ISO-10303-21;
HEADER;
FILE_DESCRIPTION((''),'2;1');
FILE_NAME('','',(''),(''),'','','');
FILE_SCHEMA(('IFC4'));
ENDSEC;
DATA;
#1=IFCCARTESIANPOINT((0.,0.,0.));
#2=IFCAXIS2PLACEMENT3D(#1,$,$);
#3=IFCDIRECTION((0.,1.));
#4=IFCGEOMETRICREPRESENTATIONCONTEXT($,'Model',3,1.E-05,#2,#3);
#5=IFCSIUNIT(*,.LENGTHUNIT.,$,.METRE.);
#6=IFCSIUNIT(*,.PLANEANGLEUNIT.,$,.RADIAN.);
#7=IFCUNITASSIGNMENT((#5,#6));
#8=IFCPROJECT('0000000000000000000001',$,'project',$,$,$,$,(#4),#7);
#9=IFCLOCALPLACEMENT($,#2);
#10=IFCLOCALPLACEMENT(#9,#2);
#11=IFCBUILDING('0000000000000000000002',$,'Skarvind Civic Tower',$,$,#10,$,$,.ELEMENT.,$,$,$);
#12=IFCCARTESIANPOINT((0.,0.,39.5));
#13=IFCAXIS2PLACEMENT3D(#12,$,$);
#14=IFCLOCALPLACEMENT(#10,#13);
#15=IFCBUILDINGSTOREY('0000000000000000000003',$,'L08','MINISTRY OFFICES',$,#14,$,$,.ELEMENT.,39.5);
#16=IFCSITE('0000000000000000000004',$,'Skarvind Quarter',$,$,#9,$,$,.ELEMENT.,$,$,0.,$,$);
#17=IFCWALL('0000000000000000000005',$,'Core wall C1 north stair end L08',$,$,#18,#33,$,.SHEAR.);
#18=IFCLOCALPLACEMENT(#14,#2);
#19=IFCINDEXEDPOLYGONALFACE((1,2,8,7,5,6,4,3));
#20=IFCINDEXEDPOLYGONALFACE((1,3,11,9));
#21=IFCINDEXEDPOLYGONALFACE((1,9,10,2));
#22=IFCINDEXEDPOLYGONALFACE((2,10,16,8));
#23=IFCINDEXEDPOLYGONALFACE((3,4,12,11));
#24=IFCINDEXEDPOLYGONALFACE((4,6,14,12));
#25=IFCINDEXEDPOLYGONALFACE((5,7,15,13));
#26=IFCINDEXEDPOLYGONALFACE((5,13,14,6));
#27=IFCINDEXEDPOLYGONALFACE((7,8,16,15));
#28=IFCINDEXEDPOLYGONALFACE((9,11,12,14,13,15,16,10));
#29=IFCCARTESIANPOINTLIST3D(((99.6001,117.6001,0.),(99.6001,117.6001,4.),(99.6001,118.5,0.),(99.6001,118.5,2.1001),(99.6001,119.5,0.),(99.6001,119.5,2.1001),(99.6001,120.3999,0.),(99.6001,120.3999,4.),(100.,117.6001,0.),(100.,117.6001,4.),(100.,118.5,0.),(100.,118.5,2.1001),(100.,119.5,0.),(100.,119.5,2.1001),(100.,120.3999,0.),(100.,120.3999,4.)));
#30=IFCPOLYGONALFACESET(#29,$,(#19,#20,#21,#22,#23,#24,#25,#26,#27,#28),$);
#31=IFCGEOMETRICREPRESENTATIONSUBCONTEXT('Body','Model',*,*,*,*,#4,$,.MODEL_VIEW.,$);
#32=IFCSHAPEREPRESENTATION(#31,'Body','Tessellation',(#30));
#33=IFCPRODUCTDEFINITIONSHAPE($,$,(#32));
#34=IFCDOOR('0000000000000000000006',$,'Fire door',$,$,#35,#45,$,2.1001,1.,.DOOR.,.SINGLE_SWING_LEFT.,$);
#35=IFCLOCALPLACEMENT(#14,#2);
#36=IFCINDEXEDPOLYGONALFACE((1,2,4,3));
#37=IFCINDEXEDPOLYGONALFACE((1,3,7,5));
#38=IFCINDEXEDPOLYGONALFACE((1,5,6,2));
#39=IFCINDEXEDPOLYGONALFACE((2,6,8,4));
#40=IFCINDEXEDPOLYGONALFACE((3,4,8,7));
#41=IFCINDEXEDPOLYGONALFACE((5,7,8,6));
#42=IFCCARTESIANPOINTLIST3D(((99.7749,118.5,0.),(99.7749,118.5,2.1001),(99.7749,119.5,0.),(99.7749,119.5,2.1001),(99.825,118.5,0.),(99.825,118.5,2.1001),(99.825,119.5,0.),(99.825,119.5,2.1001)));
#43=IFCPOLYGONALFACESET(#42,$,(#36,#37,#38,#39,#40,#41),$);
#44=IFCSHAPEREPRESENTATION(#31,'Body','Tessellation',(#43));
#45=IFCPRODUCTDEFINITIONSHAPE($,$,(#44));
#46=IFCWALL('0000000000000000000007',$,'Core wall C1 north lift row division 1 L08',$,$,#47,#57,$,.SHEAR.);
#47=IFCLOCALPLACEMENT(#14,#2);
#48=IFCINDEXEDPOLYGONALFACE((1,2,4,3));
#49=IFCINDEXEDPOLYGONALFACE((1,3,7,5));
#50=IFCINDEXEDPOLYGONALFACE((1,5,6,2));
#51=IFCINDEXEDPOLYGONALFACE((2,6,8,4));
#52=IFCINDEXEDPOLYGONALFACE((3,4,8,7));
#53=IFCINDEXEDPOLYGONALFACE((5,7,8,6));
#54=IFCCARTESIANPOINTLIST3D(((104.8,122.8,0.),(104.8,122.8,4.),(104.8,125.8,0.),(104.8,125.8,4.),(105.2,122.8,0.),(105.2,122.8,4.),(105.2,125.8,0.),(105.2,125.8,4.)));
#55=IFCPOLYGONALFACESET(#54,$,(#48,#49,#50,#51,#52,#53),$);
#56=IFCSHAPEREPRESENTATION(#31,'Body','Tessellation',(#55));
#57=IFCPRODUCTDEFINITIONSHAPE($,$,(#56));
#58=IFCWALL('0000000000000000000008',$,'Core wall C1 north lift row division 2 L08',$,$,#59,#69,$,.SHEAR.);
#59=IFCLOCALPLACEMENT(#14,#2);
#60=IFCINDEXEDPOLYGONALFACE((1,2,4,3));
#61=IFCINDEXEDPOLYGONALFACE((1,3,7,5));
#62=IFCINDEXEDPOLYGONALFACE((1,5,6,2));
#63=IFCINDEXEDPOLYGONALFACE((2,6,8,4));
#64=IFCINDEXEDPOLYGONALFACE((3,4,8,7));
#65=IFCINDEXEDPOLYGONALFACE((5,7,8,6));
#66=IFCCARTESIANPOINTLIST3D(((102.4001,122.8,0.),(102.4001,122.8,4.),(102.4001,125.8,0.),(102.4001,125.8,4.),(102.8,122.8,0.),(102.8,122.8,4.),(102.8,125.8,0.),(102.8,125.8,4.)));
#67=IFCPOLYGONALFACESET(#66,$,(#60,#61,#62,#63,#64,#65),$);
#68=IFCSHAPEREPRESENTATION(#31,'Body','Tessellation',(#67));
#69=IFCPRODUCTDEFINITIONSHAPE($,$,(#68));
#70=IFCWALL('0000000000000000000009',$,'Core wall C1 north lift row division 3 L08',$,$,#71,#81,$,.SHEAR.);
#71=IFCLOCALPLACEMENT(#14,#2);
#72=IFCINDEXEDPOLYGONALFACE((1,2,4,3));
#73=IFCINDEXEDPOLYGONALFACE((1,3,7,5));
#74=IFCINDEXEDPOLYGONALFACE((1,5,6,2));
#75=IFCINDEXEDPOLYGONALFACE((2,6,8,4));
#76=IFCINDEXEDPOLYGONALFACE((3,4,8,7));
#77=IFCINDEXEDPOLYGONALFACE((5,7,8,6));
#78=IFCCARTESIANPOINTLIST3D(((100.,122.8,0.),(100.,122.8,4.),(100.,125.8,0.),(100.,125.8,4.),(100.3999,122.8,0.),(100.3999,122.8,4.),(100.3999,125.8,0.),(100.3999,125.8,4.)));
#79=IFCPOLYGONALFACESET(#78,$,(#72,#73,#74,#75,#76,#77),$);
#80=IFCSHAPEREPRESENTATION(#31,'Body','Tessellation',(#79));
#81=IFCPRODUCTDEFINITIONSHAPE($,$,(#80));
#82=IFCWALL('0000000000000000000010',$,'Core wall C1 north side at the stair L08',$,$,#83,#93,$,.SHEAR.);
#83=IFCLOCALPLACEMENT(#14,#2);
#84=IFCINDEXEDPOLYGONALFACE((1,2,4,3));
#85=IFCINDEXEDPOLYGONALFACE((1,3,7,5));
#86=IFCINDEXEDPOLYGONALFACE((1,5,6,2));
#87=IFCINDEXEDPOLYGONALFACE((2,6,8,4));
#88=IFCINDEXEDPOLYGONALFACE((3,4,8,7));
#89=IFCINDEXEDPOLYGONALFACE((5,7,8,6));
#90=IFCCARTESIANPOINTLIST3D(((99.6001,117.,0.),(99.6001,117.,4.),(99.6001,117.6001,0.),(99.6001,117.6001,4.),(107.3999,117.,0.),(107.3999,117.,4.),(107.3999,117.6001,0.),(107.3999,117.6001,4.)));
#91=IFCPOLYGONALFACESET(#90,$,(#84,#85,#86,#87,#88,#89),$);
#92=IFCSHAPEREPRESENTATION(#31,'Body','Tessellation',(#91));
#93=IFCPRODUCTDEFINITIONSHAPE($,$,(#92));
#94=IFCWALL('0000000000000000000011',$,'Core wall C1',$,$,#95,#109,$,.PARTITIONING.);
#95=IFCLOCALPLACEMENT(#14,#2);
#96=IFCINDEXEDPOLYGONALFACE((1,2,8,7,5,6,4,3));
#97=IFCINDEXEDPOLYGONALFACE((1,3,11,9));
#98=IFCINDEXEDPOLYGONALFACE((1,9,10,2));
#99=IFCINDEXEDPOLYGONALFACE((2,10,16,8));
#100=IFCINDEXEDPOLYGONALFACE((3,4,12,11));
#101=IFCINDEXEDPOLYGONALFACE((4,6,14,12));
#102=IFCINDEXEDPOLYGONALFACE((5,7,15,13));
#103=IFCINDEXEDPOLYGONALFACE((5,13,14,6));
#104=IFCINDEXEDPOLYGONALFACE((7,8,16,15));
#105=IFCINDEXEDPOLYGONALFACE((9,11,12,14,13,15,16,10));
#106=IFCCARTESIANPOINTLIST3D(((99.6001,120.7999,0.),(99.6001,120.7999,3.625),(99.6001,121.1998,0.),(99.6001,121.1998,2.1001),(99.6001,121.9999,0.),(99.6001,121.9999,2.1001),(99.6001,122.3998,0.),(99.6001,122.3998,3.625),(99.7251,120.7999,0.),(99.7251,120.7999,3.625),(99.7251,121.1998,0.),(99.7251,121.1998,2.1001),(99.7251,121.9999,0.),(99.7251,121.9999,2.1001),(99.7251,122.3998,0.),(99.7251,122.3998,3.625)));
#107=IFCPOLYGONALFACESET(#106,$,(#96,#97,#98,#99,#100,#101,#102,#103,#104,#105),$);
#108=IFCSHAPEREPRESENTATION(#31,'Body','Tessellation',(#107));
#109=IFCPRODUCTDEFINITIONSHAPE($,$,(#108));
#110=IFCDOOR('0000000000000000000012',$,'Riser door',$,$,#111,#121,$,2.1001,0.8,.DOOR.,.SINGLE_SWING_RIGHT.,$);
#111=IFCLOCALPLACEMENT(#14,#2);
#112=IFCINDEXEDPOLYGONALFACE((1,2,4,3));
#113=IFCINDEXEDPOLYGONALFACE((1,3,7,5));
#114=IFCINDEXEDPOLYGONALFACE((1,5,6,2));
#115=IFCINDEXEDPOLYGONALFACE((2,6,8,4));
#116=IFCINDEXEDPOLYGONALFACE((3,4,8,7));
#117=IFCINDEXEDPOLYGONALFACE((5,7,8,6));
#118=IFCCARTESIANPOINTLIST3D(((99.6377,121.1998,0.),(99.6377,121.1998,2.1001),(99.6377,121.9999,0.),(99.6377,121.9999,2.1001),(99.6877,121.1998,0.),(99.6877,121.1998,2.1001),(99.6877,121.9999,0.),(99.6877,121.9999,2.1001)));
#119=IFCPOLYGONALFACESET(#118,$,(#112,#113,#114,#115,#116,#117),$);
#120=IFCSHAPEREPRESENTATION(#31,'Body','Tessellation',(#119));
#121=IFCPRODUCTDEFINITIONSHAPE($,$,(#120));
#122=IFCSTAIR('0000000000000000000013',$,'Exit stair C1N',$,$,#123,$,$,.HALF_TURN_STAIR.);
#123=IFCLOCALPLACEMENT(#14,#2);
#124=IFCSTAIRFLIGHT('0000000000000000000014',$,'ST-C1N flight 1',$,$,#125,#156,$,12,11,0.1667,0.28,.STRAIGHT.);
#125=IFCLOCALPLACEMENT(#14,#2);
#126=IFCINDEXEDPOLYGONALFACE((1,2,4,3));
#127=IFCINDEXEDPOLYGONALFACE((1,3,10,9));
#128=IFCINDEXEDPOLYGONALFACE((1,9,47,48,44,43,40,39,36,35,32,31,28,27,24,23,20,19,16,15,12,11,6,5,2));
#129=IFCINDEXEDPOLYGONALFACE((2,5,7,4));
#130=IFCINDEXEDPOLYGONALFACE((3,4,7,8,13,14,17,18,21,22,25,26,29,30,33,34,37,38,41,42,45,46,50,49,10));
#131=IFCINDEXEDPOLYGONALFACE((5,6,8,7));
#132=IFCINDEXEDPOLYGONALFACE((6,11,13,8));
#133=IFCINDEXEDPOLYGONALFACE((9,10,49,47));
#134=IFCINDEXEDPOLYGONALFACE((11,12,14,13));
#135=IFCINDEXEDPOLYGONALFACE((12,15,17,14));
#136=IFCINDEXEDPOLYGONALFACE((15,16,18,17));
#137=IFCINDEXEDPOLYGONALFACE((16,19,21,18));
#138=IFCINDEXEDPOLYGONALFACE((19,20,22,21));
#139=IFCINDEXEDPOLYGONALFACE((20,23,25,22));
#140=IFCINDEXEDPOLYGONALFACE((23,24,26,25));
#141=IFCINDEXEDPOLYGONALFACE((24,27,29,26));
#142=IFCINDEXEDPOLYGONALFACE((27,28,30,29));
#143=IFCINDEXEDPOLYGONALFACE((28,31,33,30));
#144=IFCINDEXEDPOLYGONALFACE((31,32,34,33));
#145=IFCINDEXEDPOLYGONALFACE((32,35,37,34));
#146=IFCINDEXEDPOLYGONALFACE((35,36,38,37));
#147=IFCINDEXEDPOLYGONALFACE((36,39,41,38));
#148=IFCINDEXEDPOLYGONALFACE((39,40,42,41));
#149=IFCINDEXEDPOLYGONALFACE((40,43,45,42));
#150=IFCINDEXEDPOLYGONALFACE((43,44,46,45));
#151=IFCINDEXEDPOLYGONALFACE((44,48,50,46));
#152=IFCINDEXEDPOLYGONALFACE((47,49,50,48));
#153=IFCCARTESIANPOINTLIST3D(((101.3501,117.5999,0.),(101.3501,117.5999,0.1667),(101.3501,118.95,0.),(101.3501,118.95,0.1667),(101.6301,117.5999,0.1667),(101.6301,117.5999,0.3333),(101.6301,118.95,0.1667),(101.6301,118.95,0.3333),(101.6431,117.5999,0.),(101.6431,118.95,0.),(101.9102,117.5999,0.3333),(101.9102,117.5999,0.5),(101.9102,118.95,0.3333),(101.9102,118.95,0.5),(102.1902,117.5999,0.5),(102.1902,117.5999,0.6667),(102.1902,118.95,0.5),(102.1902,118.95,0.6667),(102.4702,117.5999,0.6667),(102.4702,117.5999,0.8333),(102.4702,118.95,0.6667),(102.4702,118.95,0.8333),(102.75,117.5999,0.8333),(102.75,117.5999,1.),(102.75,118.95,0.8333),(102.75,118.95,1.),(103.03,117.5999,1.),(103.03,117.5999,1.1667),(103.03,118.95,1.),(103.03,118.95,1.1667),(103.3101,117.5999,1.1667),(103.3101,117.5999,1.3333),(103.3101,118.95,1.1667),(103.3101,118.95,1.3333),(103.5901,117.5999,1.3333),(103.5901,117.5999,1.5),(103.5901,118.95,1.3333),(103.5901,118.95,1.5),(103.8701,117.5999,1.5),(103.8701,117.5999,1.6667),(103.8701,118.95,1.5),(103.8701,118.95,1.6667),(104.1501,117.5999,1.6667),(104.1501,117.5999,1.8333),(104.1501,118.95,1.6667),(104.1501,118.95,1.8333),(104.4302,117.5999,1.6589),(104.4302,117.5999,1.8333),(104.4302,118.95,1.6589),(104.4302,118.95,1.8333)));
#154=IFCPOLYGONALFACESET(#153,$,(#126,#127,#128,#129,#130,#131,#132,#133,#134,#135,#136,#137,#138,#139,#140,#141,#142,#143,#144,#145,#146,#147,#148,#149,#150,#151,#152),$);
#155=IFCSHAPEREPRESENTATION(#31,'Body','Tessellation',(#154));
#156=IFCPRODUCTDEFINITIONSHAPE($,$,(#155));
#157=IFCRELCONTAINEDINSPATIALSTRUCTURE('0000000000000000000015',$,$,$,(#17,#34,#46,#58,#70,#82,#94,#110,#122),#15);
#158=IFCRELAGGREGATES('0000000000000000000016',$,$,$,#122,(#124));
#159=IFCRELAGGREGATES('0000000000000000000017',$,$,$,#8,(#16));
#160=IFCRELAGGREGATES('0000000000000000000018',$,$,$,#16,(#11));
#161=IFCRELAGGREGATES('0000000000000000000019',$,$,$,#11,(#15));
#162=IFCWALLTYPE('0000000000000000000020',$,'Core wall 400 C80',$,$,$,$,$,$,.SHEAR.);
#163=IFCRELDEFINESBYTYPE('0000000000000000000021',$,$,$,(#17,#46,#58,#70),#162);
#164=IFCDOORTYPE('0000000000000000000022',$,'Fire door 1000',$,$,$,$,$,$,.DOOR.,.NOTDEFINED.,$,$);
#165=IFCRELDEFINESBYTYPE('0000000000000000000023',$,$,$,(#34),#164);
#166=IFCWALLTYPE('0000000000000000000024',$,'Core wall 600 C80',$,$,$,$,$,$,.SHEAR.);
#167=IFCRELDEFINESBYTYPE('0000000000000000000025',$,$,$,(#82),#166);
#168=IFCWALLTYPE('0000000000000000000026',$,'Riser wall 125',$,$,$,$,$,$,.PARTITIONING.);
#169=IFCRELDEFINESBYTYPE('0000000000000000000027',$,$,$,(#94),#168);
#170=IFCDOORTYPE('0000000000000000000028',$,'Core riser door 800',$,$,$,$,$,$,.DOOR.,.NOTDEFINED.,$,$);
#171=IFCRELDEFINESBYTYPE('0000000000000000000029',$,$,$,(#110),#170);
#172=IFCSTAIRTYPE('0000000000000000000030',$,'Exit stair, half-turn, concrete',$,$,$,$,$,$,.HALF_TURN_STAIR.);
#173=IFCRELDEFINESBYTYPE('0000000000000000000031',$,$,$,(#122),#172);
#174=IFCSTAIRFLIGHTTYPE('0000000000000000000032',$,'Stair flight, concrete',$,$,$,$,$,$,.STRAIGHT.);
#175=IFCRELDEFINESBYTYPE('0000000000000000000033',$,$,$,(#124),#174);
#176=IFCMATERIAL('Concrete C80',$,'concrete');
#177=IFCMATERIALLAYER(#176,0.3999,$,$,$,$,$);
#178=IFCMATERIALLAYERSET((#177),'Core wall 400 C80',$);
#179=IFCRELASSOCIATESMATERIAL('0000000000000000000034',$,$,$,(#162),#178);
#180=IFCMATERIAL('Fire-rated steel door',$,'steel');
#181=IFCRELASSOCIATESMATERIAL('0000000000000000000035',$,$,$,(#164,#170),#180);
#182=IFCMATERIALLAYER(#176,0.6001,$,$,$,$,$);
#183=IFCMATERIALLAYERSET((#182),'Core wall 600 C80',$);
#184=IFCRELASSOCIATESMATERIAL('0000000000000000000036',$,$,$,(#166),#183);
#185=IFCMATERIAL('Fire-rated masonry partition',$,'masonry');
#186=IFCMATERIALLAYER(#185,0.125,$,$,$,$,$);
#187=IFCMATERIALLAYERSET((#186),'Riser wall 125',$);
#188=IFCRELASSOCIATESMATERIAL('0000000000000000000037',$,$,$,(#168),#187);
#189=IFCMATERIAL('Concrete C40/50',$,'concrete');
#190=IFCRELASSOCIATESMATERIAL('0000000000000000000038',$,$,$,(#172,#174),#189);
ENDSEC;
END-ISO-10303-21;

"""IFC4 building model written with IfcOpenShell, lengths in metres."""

from ifc_helpers import new_model, si_unit, direction, frame, frame_2d, origin, place, context, subcontext, project, spatial, polyline, rectangle, outline, extrude, material, layer, layer_set, type_object, element, fill, aggregate, save


model = new_model("IFC4")

# Units and contexts
model_context = context("Model", 3, precision=1e-05, world=origin(), true_north=direction((0.0, 1.0)))
body_context = subcontext(model_context, "Body", "Model", "MODEL_VIEW")
ifc_project = project(units=[si_unit("LENGTHUNIT", "METRE"), si_unit("PLANEANGLEUNIT", "RADIAN")], contexts=[model_context])

# Site, building, storey
site_placement = place(None, origin())
site = spatial("IfcSite", under=ifc_project, at=site_placement, Name="Skarvind Quarter", CompositionType="ELEMENT", RefElevation=0.0)
building_placement = place(site_placement, origin())
building = spatial("IfcBuilding", under=site, at=building_placement, Name="Skarvind Civic Tower", CompositionType="ELEMENT")
storey_placement = place(building_placement, frame((0.0, 0.0, 39.5)))
storey = spatial("IfcBuildingStorey", under=building, at=storey_placement, Name="L08", Description="MINISTRY OFFICES", CompositionType="ELEMENT", Elevation=39.5)

# Wall, opening, door
ifc_material_1 = material(Name="Concrete C80", Category="concrete")
ifc_layer_1 = layer(ifc_material_1, 0.3999)
ifc_layer_set_1 = layer_set([ifc_layer_1], Name="Core wall 400 C80")
wall_type_1 = type_object("IfcWallType", Name="Core wall 400 C80", PredefinedType="SHEAR", material=ifc_layer_set_1)
wall_1_placement = place(storey_placement, frame((99.8, 120.3999, 0.0), z_axis=(0.0, 0.0, 1.0), x_axis=(0.0, -1.0, 0.0)))
wall_1 = element("IfcWall", 1, at=wall_1_placement, inside=storey, type_object=wall_type_1, Name="Core wall C1 north stair end L08", PredefinedType="SHEAR", context=body_context, shape_type="SweptSolid", body=[
    extrude(rectangle(XDim=2.7998, YDim=0.3999, at=frame_2d((1.3999, 0.0))), origin(), (0.0, 0.0, 1.0), 4.0),
])
opening_1_placement = place(wall_1_placement, frame((0.8999, 0.0, 0.0)))
opening_1 = element("IfcOpeningElement", 2, at=opening_1_placement, cuts=wall_1, PredefinedType="OPENING", context=body_context, shape_type="SweptSolid", body=[
    extrude(rectangle(XDim=1.0, YDim=2.1001, at=frame_2d((0.5, 1.05))), frame((0.0, 0.21, 0.0), z_axis=(0.0, -1.0, 0.0), x_axis=(1.0, 0.0, 0.0)), (0.0, 0.0, 1.0), 0.4199),
])
ifc_material_2 = material(Name="Fire-rated steel door", Category="steel")
door_type_1 = type_object("IfcDoorType", Name="Fire door 1000", OperationType="NOTDEFINED", PredefinedType="DOOR", material=ifc_material_2)
door_1_placement = place(opening_1_placement, origin())
door_1 = element("IfcDoor", 3, at=door_1_placement, inside=storey, type_object=door_type_1, Name="Fire door", OperationType="SINGLE_SWING_LEFT", OverallHeight=2.1001, OverallWidth=1.0, PredefinedType="DOOR", context=body_context, shape_type="SweptSolid", body=[
    extrude(rectangle(XDim=1.0, YDim=2.1001, at=frame_2d((0.5, 1.05))), frame((0.0, 0.0249, 0.0), z_axis=(0.0, -1.0, 0.0), x_axis=(1.0, 0.0, 0.0)), (0.0, 0.0, 1.0), 0.05),
])
fill(opening_1, door_1)

# Walls
for number, where, z_axis, x_axis, name in (
    (4, (105.0, 125.8, 0.0), (0.0, 0.0, 1.0), (0.0, -1.0, 0.0), "Core wall C1 north lift row division 1 L08"),
    (5, (102.6001, 125.8, 0.0), (0.0, 0.0, 1.0), (0.0, -1.0, 0.0), "Core wall C1 north lift row division 2 L08"),
    (6, (100.2, 125.8, 0.0), (0.0, 0.0, 1.0), (0.0, -1.0, 0.0), "Core wall C1 north lift row division 3 L08"),
):
    element("IfcWall", number, at=place(storey_placement, frame(where, z_axis=z_axis, x_axis=x_axis)), inside=storey, type_object=wall_type_1, Name=name, PredefinedType="SHEAR", context=body_context, shape_type="SweptSolid", body=[
        extrude(rectangle(XDim=3.0, YDim=0.3999, at=frame_2d((1.5, 0.0))), origin(), (0.0, 0.0, 1.0), 4.0),
    ])
ifc_layer_2 = layer(ifc_material_1, 0.6001)
ifc_layer_set_2 = layer_set([ifc_layer_2], Name="Core wall 600 C80")
wall_type_2 = type_object("IfcWallType", Name="Core wall 600 C80", PredefinedType="SHEAR", material=ifc_layer_set_2)
wall_2_placement = place(storey_placement, frame((107.3999, 117.3, 0.0), z_axis=(0.0, 0.0, 1.0), x_axis=(-1.0, 0.0, 0.0)))
element("IfcWall", 7, at=wall_2_placement, inside=storey, type_object=wall_type_2, Name="Core wall C1 north side at the stair L08", PredefinedType="SHEAR", context=body_context, shape_type="SweptSolid", body=[
    extrude(rectangle(XDim=7.7998, YDim=0.6001, at=frame_2d((3.8999, 0.0))), origin(), (0.0, 0.0, 1.0), 4.0),
])

# Wall, opening, door
ifc_material_3 = material(Name="Fire-rated masonry partition", Category="masonry")
ifc_layer_3 = layer(ifc_material_3, 0.125)
ifc_layer_set_3 = layer_set([ifc_layer_3], Name="Riser wall 125")
wall_type_3 = type_object("IfcWallType", Name="Riser wall 125", PredefinedType="PARTITIONING", material=ifc_layer_set_3)
wall_3_placement = place(storey_placement, frame((99.6626, 120.8, 0.0), z_axis=(0.0, 0.0, 1.0), x_axis=(0.0, 1.0, 0.0)))
wall_3 = element("IfcWall", 8, at=wall_3_placement, inside=storey, type_object=wall_type_3, Name="Core wall C1", PredefinedType="PARTITIONING", context=body_context, shape_type="SweptSolid", body=[
    extrude(rectangle(XDim=1.5999, YDim=0.125, at=frame_2d((0.7998, 0.0))), origin(), (0.0, 0.0, 1.0), 3.625),
])
opening_2_placement = place(wall_3_placement, frame((0.3999, 0.0, 0.0)))
opening_2 = element("IfcOpeningElement", 9, at=opening_2_placement, cuts=wall_3, PredefinedType="OPENING", context=body_context, shape_type="SweptSolid", body=[
    extrude(rectangle(XDim=0.8, YDim=2.1001, at=frame_2d((0.3999, 1.05))), frame((0.0, 0.0725, 0.0), z_axis=(0.0, -1.0, 0.0), x_axis=(1.0, 0.0, 0.0)), (0.0, 0.0, 1.0), 0.145),
])
door_type_2 = type_object("IfcDoorType", Name="Core riser door 800", OperationType="NOTDEFINED", PredefinedType="DOOR", material=ifc_material_2)
door_2_placement = place(opening_2_placement, origin())
door_2 = element("IfcDoor", 10, at=door_2_placement, inside=storey, type_object=door_type_2, Name="Riser door", OperationType="SINGLE_SWING_RIGHT", OverallHeight=2.1001, OverallWidth=0.8, PredefinedType="DOOR", context=body_context, shape_type="SweptSolid", body=[
    extrude(rectangle(XDim=0.8, YDim=2.1001, at=frame_2d((0.3999, 1.05))), frame((0.0, 0.0249, 0.0), z_axis=(0.0, -1.0, 0.0), x_axis=(1.0, 0.0, 0.0)), (0.0, 0.0, 1.0), 0.05),
])
fill(opening_2, door_2)

# Stair, stair flight
ifc_material_4 = material(Name="Concrete C40/50", Category="concrete")
stair_type = type_object("IfcStairType", Name="Exit stair, half-turn, concrete", PredefinedType="HALF_TURN_STAIR", material=ifc_material_4)
stair_placement = place(storey_placement, origin())
stair = element("IfcStair", 11, at=stair_placement, inside=storey, type_object=stair_type, Name="Exit stair C1N", PredefinedType="HALF_TURN_STAIR")
stair_flight_type = type_object("IfcStairFlightType", Name="Stair flight, concrete", PredefinedType="STRAIGHT", material=ifc_material_4)
stair_flight_1_placement = place(storey_placement, frame((101.3501, 118.2749, 0.0), z_axis=(0.0, 0.0, 1.0), x_axis=(1.0, 0.0, 0.0)))
stair_flight_1 = element("IfcStairFlight", 12, at=stair_flight_1_placement, type_object=stair_flight_type, Name="ST-C1N flight 1", NumberOfRisers=12, NumberOfTreads=11, PredefinedType="STRAIGHT", RiserHeight=0.1667, TreadLength=0.28, context=body_context, shape_type="SweptSolid", body=[
    extrude(outline(polyline([(0.0, 0.0), (0.0, 0.1667), (0.28, 0.1667), (0.28, 0.3333), (0.5601, 0.3333), (0.5601, 0.5), (0.8401, 0.5), (0.8401, 0.6667), (1.1201, 0.6667), (1.1201, 0.8333), (1.3999, 0.8333), (1.3999, 1.0), (1.6799, 1.0), (1.6799, 1.1667), (1.96, 1.1667), (1.96, 1.3333), (2.24, 1.3333), (2.24, 1.5), (2.52, 1.5), (2.52, 1.6667), (2.8, 1.6667), (2.8, 1.8333), (3.0801, 1.8333), (3.0801, 2.0), (3.0801, 1.6589), (0.293, 0.0), (0.0, 0.0)])), frame((0.0, 0.675, 0.0), z_axis=(0.0, -1.0, 0.0), x_axis=(1.0, 0.0, 0.0)), (0.0, 0.0, 1.0), 1.3501),
])
aggregate(stair, [stair_flight_1])

save(model, "model.ifc")
